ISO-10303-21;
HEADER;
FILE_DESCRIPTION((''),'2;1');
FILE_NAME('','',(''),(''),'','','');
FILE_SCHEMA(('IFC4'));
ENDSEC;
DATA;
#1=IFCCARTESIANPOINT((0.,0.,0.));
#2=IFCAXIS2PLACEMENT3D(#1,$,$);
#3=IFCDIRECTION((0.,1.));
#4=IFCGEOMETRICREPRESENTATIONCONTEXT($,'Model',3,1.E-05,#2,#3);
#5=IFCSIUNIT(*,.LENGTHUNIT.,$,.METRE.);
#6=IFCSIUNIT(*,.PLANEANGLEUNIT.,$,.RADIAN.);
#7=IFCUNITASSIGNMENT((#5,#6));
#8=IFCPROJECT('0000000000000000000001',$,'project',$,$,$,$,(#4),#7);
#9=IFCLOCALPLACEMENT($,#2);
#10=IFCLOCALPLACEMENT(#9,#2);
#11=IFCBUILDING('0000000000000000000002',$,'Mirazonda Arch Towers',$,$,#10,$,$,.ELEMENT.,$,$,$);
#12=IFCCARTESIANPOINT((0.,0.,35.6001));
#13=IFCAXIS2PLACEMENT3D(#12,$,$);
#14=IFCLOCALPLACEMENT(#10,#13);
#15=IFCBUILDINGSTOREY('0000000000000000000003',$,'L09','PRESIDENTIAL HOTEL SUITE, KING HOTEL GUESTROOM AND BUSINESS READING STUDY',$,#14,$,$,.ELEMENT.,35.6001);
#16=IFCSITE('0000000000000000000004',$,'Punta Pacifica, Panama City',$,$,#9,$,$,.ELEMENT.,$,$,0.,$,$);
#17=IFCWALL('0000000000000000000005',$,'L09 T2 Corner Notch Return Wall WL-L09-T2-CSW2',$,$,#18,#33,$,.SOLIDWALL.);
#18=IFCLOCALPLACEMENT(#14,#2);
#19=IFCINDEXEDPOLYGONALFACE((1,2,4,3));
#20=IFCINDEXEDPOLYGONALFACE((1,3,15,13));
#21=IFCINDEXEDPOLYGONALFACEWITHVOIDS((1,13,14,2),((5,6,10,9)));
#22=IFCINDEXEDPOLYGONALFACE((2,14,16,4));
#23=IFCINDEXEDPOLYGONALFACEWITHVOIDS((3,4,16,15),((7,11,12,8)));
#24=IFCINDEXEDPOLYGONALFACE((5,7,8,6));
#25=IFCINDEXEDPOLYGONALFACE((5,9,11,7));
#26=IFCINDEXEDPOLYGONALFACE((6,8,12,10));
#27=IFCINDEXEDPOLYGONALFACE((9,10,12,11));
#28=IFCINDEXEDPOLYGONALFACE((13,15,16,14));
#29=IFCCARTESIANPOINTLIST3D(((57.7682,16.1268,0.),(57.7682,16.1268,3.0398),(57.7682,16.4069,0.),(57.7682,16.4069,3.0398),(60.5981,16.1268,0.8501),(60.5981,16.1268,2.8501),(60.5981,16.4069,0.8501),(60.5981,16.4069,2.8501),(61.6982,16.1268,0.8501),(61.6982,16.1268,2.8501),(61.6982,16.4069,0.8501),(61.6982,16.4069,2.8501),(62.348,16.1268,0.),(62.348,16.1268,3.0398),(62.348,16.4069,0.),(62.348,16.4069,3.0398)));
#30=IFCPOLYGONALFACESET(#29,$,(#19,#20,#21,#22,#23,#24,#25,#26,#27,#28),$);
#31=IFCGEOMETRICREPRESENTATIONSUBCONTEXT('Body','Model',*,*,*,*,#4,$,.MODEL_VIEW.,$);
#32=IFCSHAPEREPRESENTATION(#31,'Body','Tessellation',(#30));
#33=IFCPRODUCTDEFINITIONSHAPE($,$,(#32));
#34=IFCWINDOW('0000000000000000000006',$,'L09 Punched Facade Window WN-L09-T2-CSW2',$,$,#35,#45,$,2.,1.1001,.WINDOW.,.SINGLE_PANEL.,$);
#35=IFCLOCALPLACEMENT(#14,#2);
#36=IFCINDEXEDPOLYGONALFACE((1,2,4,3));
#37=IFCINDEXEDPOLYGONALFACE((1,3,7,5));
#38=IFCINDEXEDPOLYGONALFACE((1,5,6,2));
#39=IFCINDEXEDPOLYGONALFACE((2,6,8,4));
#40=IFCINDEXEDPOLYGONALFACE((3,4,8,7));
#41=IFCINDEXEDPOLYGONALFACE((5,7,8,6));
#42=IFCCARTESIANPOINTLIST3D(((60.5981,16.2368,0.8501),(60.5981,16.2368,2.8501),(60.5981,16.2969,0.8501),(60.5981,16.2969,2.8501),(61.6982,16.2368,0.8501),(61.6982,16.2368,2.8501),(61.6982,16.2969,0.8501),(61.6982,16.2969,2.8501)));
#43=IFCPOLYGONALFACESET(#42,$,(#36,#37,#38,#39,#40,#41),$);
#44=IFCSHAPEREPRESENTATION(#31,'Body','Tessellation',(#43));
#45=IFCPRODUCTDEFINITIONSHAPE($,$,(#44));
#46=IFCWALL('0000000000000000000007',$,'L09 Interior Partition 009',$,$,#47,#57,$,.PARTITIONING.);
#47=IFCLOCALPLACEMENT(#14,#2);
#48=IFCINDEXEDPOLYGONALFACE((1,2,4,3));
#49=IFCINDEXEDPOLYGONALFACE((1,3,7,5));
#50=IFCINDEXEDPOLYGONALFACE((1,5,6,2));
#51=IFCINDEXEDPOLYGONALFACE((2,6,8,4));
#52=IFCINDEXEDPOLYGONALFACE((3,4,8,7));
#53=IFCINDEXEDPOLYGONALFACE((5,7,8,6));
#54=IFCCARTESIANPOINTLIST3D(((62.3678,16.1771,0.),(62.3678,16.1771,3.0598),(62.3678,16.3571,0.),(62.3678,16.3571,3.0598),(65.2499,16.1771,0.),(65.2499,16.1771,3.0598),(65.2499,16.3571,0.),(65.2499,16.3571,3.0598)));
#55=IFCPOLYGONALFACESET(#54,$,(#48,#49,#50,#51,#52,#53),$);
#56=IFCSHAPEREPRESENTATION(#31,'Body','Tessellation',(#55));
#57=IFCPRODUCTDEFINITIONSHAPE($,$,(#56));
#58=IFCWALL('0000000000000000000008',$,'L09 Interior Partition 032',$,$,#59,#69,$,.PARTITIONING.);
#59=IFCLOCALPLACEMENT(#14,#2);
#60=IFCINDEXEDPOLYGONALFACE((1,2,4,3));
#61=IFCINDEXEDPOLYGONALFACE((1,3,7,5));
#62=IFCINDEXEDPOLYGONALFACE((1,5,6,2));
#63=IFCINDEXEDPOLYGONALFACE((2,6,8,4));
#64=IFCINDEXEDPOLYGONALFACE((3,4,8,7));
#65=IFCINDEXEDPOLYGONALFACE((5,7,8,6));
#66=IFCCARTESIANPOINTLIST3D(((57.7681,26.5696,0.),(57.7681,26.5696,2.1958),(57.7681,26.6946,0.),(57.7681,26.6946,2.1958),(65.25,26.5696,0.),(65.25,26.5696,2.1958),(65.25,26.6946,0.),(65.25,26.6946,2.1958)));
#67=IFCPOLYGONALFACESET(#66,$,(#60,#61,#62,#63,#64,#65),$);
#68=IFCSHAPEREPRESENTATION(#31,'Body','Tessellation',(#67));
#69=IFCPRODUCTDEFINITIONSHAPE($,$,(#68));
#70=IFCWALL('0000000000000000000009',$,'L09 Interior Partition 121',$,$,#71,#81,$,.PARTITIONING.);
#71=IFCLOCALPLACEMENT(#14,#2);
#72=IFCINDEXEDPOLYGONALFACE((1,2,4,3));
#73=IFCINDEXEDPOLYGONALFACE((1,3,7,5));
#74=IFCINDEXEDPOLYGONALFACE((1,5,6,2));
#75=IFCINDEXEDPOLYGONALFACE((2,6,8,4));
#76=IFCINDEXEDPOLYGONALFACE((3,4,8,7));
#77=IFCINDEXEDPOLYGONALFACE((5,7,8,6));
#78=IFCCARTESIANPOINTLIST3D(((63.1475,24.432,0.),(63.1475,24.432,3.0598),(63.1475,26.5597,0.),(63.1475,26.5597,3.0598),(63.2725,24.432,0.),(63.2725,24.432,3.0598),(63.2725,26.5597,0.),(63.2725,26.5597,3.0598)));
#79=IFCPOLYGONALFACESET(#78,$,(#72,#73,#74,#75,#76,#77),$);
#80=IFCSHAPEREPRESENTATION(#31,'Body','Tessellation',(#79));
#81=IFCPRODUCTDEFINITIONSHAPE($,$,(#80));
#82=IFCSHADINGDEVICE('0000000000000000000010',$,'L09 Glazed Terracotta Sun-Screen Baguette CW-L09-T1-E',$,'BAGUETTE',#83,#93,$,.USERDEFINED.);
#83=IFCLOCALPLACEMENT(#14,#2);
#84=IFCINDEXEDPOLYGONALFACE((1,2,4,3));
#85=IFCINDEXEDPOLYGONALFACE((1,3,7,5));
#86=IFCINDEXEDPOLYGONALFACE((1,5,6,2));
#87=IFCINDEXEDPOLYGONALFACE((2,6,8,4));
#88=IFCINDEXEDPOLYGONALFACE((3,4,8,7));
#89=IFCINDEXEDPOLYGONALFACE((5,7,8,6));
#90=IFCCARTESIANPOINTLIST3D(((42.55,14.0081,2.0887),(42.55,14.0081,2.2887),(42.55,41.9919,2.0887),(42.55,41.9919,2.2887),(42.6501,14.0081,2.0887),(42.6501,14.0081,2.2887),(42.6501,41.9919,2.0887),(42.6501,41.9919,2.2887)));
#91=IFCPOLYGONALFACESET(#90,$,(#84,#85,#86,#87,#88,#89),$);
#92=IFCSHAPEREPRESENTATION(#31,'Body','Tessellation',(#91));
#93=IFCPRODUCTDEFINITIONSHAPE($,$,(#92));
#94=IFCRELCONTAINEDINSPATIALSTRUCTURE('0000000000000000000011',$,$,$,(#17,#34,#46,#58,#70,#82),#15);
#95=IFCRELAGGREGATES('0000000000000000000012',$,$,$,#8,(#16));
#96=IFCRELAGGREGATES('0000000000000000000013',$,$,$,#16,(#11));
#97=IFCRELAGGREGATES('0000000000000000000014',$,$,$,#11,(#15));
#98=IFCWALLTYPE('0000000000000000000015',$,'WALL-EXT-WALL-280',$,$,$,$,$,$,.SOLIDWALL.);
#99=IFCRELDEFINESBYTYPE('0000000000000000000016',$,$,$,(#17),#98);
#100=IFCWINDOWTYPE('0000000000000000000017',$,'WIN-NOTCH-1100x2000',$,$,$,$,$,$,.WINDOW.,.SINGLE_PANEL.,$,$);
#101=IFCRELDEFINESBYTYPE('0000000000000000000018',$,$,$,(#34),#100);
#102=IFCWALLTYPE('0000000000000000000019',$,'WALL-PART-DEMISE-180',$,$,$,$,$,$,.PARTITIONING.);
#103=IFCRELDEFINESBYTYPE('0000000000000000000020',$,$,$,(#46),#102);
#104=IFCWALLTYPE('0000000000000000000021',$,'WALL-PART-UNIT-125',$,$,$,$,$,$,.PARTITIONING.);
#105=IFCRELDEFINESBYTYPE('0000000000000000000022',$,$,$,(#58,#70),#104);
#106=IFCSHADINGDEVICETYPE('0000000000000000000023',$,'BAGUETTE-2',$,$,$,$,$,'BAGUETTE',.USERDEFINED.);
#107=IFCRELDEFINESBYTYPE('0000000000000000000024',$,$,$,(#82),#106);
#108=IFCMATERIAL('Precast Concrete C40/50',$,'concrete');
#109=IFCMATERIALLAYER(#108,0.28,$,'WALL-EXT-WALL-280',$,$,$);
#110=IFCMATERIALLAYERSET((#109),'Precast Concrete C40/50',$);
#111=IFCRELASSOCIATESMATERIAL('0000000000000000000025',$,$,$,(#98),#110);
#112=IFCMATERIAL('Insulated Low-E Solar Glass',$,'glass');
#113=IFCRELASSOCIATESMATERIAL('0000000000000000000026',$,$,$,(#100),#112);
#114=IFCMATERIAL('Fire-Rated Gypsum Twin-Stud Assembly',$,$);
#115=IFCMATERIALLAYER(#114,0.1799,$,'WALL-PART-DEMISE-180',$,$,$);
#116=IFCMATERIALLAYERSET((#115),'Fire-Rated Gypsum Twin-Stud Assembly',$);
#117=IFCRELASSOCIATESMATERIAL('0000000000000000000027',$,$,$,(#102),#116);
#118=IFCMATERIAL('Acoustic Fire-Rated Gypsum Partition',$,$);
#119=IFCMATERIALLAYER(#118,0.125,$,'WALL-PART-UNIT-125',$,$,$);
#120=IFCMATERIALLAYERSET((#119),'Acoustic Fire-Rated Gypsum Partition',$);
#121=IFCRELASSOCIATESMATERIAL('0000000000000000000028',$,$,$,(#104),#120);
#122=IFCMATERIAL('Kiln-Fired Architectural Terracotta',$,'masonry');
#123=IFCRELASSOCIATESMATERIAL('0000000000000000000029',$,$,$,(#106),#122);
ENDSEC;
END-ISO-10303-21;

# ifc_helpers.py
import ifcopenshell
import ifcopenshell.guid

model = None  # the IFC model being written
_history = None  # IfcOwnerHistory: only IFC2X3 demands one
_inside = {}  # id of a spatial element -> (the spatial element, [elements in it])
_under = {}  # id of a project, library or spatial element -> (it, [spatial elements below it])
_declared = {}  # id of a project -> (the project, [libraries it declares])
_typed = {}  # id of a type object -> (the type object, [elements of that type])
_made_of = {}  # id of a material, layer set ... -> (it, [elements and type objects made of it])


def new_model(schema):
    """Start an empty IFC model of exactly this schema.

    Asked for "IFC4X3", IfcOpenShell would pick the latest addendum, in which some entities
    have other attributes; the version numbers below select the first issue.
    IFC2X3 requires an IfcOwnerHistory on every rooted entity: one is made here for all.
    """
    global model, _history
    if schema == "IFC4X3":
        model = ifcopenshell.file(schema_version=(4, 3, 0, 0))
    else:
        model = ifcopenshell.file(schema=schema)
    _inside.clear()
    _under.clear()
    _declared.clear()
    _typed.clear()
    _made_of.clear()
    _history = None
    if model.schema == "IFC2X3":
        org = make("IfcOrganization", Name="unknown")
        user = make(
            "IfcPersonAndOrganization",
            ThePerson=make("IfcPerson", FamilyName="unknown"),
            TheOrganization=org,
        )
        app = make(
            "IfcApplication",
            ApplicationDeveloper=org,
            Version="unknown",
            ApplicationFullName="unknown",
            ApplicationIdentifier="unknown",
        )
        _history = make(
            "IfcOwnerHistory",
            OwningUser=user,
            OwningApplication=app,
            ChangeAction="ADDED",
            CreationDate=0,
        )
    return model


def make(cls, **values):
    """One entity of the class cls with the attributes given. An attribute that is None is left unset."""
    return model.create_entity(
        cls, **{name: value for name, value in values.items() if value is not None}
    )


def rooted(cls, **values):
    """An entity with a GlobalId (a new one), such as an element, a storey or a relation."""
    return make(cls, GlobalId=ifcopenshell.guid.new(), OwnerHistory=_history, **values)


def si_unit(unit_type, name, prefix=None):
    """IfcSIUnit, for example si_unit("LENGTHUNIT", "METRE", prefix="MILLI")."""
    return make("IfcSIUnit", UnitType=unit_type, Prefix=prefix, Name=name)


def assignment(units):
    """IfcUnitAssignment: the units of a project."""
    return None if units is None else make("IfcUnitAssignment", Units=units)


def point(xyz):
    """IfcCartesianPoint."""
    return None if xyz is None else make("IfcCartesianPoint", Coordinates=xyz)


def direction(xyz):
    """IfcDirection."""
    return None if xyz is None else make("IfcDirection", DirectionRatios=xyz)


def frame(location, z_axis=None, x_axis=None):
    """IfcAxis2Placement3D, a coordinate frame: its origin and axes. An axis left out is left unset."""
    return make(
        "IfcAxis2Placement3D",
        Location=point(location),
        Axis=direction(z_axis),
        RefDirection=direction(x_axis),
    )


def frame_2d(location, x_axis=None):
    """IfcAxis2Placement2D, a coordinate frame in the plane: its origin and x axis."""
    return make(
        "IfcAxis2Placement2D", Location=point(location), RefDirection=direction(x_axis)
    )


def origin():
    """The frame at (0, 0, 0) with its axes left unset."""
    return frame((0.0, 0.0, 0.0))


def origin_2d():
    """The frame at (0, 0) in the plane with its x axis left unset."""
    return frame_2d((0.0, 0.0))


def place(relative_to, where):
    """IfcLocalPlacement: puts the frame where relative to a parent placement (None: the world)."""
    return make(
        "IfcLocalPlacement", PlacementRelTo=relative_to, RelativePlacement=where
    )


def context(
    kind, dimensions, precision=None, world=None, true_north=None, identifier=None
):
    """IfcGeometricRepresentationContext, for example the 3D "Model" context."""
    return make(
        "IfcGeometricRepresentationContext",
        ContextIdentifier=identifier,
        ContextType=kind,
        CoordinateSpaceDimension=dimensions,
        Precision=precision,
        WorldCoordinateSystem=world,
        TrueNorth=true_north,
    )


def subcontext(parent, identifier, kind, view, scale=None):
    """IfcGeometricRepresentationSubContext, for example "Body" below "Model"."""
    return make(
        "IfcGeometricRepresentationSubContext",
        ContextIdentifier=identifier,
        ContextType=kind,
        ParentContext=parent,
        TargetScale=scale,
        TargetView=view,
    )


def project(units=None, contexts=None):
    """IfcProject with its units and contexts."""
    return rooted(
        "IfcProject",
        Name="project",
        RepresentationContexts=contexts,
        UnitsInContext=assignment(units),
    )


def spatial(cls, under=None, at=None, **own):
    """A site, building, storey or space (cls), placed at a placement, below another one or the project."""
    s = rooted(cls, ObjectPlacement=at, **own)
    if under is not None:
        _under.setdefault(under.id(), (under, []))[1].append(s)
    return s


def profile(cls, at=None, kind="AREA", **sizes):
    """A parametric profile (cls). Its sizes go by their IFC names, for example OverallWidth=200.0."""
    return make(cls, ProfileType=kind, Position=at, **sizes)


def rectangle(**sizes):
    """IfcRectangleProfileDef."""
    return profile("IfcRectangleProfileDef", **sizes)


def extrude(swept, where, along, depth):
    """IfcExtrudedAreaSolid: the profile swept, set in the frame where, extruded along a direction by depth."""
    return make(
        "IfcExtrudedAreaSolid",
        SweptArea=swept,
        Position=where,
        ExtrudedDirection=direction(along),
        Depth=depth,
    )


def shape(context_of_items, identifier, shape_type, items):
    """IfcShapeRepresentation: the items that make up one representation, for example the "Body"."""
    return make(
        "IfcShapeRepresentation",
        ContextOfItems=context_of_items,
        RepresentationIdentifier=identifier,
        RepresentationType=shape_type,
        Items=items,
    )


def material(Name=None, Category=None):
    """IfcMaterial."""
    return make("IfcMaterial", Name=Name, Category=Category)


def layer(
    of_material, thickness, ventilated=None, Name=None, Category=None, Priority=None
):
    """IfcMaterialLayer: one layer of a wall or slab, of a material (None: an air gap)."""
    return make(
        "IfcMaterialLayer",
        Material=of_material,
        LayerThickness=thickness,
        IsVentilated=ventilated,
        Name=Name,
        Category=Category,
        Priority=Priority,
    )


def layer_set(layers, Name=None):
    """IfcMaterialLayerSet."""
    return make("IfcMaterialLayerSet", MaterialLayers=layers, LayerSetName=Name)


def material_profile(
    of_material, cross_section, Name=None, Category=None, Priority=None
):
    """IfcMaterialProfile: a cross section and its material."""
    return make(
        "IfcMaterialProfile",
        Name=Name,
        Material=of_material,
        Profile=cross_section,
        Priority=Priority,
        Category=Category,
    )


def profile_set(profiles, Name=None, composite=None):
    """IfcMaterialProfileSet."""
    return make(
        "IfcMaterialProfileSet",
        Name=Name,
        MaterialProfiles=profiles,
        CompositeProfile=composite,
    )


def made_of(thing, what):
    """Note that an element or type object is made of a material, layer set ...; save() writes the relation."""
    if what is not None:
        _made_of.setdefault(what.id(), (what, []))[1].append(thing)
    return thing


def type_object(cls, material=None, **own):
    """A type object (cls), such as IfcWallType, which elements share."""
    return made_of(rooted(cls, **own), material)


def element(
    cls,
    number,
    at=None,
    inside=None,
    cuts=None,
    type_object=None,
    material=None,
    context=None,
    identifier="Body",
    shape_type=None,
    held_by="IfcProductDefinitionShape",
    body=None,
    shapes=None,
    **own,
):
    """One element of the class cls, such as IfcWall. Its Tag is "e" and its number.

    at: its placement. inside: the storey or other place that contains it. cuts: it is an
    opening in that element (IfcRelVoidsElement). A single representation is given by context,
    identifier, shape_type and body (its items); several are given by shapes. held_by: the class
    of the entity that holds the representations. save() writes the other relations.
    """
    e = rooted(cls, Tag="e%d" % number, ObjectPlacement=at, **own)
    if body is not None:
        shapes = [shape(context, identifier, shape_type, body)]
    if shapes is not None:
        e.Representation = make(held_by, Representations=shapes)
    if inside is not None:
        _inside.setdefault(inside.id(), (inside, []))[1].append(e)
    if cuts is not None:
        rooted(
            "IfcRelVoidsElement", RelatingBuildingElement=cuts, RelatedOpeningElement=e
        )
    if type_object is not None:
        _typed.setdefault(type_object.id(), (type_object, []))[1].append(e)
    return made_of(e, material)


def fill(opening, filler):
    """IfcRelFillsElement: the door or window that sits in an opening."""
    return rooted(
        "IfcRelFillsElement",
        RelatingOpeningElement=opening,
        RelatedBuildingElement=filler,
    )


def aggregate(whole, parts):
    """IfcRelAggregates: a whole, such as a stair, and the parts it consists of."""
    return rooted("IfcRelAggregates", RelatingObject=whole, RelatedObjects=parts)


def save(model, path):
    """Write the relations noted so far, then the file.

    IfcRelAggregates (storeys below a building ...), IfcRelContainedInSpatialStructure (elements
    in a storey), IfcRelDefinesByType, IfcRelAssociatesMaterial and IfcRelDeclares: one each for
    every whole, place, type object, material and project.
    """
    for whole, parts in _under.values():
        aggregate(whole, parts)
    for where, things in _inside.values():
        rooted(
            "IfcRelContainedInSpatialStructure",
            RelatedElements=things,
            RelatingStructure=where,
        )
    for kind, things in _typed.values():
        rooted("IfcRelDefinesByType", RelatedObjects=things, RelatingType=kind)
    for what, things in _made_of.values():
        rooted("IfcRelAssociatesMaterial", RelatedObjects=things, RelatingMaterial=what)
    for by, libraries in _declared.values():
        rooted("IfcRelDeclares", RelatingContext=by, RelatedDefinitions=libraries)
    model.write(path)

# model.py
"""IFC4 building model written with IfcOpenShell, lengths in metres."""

from ifc_helpers import new_model, si_unit, direction, frame, frame_2d, origin, origin_2d, place, context, subcontext, project, spatial, rectangle, extrude, material, layer, layer_set, material_profile, profile_set, type_object, element, fill, save


model = new_model("IFC4")

# Units and contexts
model_context = context("Model", 3, precision=1e-05, world=origin(), true_north=direction((0.0, 1.0)))
body_context = subcontext(model_context, "Body", "Model", "MODEL_VIEW")
ifc_project = project(units=[si_unit("LENGTHUNIT", "METRE"), si_unit("PLANEANGLEUNIT", "RADIAN")], contexts=[model_context])

# Site, building, storey
site_placement = place(None, origin())
site = spatial("IfcSite", under=ifc_project, at=site_placement, Name="Punta Pacifica, Panama City", CompositionType="ELEMENT", RefElevation=0.0)
building_placement = place(site_placement, origin())
building = spatial("IfcBuilding", under=site, at=building_placement, Name="Mirazonda Arch Towers", CompositionType="ELEMENT")
storey_placement = place(building_placement, frame((0.0, 0.0, 35.6001)))
storey = spatial("IfcBuildingStorey", under=building, at=storey_placement, Name="L09", Description="PRESIDENTIAL HOTEL SUITE, KING HOTEL GUESTROOM AND BUSINESS READING STUDY", CompositionType="ELEMENT", Elevation=35.6001)

# Shared definitions
ifc_material_1 = material(Name="Insulated Low-E Solar Glass", Category="glass")

# Wall, opening, window
ifc_material_2 = material(Name="Precast Concrete C40/50", Category="concrete")
ifc_layer_1 = layer(ifc_material_2, 0.28, Name="WALL-EXT-WALL-280")
ifc_layer_set_1 = layer_set([ifc_layer_1], Name="Precast Concrete C40/50")
wall_type_1 = type_object("IfcWallType", Name="WALL-EXT-WALL-280", PredefinedType="SOLIDWALL", material=ifc_layer_set_1)
wall_1_placement = place(storey_placement, frame((57.7681, 16.2668, 0.0), z_axis=(0.0, 0.0, 1.0), x_axis=(1.0, 0.0, 0.0)))
wall_1 = element("IfcWall", 1, at=wall_1_placement, inside=storey, type_object=wall_type_1, Name="L09 T2 Corner Notch Return Wall WL-L09-T2-CSW2", PredefinedType="SOLIDWALL", context=body_context, shape_type="SweptSolid", body=[
    extrude(rectangle(XDim=4.5798, YDim=0.28, at=frame_2d((2.29, 0.0))), origin(), (0.0, 0.0, 1.0), 3.0398),
])
opening_1_placement = place(wall_1_placement, frame((2.8301, 0.0, 0.8501)))
opening_1 = element("IfcOpeningElement", 2, at=opening_1_placement, cuts=wall_1, PredefinedType="OPENING", context=body_context, shape_type="SweptSolid", body=[
    extrude(rectangle(XDim=1.1001, YDim=2.0, at=frame_2d((0.55, 1.0))), frame((0.0, 0.1499, 0.0), z_axis=(0.0, -1.0, 0.0), x_axis=(1.0, 0.0, 0.0)), (0.0, 0.0, 1.0), 0.3),
])
window_type_1 = type_object("IfcWindowType", Name="WIN-NOTCH-1100x2000", PartitioningType="SINGLE_PANEL", PredefinedType="WINDOW", material=ifc_material_1)
window_1_placement = place(opening_1_placement, origin())
window_1 = element("IfcWindow", 3, at=window_1_placement, inside=storey, type_object=window_type_1, Name="L09 Punched Facade Window WN-L09-T2-CSW2", OverallHeight=2.0, OverallWidth=1.1001, PartitioningType="SINGLE_PANEL", PredefinedType="WINDOW", context=body_context, shape_type="SweptSolid", body=[
    extrude(rectangle(XDim=1.1001, YDim=2.0, at=frame_2d((0.55, 1.0))), frame((0.0, 0.03, 0.0), z_axis=(0.0, -1.0, 0.0), x_axis=(1.0, 0.0, 0.0)), (0.0, 0.0, 1.0), 0.0601),
])
fill(opening_1, window_1)

# Wall
ifc_material_3 = material(Name="Fire-Rated Gypsum Twin-Stud Assembly")
ifc_layer_2 = layer(ifc_material_3, 0.1799, Name="WALL-PART-DEMISE-180")
ifc_layer_set_2 = layer_set([ifc_layer_2], Name="Fire-Rated Gypsum Twin-Stud Assembly")
wall_type_2 = type_object("IfcWallType", Name="WALL-PART-DEMISE-180", PredefinedType="PARTITIONING", material=ifc_layer_set_2)
wall_2_placement = place(storey_placement, frame((62.3679, 16.2671, 0.0), z_axis=(0.0, 0.0, 1.0), x_axis=(1.0, 0.0, 0.0)))
element("IfcWall", 4, at=wall_2_placement, inside=storey, type_object=wall_type_2, Name="L09 Interior Partition 009", PredefinedType="PARTITIONING", context=body_context, shape_type="SweptSolid", body=[
    extrude(rectangle(XDim=2.8821, YDim=0.1799, at=frame_2d((1.4409, 0.0))), origin(), (0.0, 0.0, 1.0), 3.0598),
])

# Walls
ifc_material_4 = material(Name="Acoustic Fire-Rated Gypsum Partition")
ifc_layer_3 = layer(ifc_material_4, 0.125, Name="WALL-PART-UNIT-125")
ifc_layer_set_3 = layer_set([ifc_layer_3], Name="Acoustic Fire-Rated Gypsum Partition")
wall_type_3 = type_object("IfcWallType", Name="WALL-PART-UNIT-125", PredefinedType="PARTITIONING", material=ifc_layer_set_3)
wall_3_placement = place(storey_placement, frame((57.7681, 26.6321, 0.0), z_axis=(0.0, 0.0, 1.0), x_axis=(1.0, 0.0, 0.0)))
element("IfcWall", 5, at=wall_3_placement, inside=storey, type_object=wall_type_3, Name="L09 Interior Partition 032", PredefinedType="PARTITIONING", context=body_context, shape_type="SweptSolid", body=[
    extrude(rectangle(XDim=7.4819, YDim=0.125, at=frame_2d((3.741, 0.0))), origin(), (0.0, 0.0, 1.0), 2.1958),
])
wall_4_placement = place(storey_placement, frame((63.21, 24.4319, 0.0), z_axis=(0.0, 0.0, 1.0), x_axis=(0.0, 1.0, 0.0)))
element("IfcWall", 6, at=wall_4_placement, inside=storey, type_object=wall_type_3, Name="L09 Interior Partition 121", PredefinedType="PARTITIONING", context=body_context, shape_type="SweptSolid", body=[
    extrude(rectangle(XDim=2.1277, YDim=0.125, at=frame_2d((1.064, 0.0))), origin(), (0.0, 0.0, 1.0), 3.0598),
])

# Shading device
ifc_material_5 = material(Name="Kiln-Fired Architectural Terracotta", Category="masonry")
ifc_material_profile_1 = material_profile(ifc_material_5, rectangle(XDim=0.1001, YDim=0.2, at=origin_2d()), Name="TERRA-BAG-100x200")
ifc_profile_set_1 = profile_set([ifc_material_profile_1], Name="Kiln-Fired Architectural Terracotta")
shading_device_type = type_object("IfcShadingDeviceType", Name="BAGUETTE-2", ElementType="BAGUETTE", PredefinedType="USERDEFINED", material=ifc_profile_set_1)
shading_device_placement = place(storey_placement, frame((42.6001, 14.0081, 2.1887), z_axis=(0.0, 1.0, 0.0), x_axis=(-1.0, 0.0, 0.0)))
element("IfcShadingDevice", 7, at=shading_device_placement, inside=storey, type_object=shading_device_type, Name="L09 Glazed Terracotta Sun-Screen Baguette CW-L09-T1-E", ObjectType="BAGUETTE", PredefinedType="USERDEFINED", context=body_context, shape_type="SweptSolid", body=[
    extrude(rectangle(XDim=0.1001, YDim=0.2, at=origin_2d()), origin(), (0.0, 0.0, 1.0), 27.9839),
])

save(model, "model.ifc")
